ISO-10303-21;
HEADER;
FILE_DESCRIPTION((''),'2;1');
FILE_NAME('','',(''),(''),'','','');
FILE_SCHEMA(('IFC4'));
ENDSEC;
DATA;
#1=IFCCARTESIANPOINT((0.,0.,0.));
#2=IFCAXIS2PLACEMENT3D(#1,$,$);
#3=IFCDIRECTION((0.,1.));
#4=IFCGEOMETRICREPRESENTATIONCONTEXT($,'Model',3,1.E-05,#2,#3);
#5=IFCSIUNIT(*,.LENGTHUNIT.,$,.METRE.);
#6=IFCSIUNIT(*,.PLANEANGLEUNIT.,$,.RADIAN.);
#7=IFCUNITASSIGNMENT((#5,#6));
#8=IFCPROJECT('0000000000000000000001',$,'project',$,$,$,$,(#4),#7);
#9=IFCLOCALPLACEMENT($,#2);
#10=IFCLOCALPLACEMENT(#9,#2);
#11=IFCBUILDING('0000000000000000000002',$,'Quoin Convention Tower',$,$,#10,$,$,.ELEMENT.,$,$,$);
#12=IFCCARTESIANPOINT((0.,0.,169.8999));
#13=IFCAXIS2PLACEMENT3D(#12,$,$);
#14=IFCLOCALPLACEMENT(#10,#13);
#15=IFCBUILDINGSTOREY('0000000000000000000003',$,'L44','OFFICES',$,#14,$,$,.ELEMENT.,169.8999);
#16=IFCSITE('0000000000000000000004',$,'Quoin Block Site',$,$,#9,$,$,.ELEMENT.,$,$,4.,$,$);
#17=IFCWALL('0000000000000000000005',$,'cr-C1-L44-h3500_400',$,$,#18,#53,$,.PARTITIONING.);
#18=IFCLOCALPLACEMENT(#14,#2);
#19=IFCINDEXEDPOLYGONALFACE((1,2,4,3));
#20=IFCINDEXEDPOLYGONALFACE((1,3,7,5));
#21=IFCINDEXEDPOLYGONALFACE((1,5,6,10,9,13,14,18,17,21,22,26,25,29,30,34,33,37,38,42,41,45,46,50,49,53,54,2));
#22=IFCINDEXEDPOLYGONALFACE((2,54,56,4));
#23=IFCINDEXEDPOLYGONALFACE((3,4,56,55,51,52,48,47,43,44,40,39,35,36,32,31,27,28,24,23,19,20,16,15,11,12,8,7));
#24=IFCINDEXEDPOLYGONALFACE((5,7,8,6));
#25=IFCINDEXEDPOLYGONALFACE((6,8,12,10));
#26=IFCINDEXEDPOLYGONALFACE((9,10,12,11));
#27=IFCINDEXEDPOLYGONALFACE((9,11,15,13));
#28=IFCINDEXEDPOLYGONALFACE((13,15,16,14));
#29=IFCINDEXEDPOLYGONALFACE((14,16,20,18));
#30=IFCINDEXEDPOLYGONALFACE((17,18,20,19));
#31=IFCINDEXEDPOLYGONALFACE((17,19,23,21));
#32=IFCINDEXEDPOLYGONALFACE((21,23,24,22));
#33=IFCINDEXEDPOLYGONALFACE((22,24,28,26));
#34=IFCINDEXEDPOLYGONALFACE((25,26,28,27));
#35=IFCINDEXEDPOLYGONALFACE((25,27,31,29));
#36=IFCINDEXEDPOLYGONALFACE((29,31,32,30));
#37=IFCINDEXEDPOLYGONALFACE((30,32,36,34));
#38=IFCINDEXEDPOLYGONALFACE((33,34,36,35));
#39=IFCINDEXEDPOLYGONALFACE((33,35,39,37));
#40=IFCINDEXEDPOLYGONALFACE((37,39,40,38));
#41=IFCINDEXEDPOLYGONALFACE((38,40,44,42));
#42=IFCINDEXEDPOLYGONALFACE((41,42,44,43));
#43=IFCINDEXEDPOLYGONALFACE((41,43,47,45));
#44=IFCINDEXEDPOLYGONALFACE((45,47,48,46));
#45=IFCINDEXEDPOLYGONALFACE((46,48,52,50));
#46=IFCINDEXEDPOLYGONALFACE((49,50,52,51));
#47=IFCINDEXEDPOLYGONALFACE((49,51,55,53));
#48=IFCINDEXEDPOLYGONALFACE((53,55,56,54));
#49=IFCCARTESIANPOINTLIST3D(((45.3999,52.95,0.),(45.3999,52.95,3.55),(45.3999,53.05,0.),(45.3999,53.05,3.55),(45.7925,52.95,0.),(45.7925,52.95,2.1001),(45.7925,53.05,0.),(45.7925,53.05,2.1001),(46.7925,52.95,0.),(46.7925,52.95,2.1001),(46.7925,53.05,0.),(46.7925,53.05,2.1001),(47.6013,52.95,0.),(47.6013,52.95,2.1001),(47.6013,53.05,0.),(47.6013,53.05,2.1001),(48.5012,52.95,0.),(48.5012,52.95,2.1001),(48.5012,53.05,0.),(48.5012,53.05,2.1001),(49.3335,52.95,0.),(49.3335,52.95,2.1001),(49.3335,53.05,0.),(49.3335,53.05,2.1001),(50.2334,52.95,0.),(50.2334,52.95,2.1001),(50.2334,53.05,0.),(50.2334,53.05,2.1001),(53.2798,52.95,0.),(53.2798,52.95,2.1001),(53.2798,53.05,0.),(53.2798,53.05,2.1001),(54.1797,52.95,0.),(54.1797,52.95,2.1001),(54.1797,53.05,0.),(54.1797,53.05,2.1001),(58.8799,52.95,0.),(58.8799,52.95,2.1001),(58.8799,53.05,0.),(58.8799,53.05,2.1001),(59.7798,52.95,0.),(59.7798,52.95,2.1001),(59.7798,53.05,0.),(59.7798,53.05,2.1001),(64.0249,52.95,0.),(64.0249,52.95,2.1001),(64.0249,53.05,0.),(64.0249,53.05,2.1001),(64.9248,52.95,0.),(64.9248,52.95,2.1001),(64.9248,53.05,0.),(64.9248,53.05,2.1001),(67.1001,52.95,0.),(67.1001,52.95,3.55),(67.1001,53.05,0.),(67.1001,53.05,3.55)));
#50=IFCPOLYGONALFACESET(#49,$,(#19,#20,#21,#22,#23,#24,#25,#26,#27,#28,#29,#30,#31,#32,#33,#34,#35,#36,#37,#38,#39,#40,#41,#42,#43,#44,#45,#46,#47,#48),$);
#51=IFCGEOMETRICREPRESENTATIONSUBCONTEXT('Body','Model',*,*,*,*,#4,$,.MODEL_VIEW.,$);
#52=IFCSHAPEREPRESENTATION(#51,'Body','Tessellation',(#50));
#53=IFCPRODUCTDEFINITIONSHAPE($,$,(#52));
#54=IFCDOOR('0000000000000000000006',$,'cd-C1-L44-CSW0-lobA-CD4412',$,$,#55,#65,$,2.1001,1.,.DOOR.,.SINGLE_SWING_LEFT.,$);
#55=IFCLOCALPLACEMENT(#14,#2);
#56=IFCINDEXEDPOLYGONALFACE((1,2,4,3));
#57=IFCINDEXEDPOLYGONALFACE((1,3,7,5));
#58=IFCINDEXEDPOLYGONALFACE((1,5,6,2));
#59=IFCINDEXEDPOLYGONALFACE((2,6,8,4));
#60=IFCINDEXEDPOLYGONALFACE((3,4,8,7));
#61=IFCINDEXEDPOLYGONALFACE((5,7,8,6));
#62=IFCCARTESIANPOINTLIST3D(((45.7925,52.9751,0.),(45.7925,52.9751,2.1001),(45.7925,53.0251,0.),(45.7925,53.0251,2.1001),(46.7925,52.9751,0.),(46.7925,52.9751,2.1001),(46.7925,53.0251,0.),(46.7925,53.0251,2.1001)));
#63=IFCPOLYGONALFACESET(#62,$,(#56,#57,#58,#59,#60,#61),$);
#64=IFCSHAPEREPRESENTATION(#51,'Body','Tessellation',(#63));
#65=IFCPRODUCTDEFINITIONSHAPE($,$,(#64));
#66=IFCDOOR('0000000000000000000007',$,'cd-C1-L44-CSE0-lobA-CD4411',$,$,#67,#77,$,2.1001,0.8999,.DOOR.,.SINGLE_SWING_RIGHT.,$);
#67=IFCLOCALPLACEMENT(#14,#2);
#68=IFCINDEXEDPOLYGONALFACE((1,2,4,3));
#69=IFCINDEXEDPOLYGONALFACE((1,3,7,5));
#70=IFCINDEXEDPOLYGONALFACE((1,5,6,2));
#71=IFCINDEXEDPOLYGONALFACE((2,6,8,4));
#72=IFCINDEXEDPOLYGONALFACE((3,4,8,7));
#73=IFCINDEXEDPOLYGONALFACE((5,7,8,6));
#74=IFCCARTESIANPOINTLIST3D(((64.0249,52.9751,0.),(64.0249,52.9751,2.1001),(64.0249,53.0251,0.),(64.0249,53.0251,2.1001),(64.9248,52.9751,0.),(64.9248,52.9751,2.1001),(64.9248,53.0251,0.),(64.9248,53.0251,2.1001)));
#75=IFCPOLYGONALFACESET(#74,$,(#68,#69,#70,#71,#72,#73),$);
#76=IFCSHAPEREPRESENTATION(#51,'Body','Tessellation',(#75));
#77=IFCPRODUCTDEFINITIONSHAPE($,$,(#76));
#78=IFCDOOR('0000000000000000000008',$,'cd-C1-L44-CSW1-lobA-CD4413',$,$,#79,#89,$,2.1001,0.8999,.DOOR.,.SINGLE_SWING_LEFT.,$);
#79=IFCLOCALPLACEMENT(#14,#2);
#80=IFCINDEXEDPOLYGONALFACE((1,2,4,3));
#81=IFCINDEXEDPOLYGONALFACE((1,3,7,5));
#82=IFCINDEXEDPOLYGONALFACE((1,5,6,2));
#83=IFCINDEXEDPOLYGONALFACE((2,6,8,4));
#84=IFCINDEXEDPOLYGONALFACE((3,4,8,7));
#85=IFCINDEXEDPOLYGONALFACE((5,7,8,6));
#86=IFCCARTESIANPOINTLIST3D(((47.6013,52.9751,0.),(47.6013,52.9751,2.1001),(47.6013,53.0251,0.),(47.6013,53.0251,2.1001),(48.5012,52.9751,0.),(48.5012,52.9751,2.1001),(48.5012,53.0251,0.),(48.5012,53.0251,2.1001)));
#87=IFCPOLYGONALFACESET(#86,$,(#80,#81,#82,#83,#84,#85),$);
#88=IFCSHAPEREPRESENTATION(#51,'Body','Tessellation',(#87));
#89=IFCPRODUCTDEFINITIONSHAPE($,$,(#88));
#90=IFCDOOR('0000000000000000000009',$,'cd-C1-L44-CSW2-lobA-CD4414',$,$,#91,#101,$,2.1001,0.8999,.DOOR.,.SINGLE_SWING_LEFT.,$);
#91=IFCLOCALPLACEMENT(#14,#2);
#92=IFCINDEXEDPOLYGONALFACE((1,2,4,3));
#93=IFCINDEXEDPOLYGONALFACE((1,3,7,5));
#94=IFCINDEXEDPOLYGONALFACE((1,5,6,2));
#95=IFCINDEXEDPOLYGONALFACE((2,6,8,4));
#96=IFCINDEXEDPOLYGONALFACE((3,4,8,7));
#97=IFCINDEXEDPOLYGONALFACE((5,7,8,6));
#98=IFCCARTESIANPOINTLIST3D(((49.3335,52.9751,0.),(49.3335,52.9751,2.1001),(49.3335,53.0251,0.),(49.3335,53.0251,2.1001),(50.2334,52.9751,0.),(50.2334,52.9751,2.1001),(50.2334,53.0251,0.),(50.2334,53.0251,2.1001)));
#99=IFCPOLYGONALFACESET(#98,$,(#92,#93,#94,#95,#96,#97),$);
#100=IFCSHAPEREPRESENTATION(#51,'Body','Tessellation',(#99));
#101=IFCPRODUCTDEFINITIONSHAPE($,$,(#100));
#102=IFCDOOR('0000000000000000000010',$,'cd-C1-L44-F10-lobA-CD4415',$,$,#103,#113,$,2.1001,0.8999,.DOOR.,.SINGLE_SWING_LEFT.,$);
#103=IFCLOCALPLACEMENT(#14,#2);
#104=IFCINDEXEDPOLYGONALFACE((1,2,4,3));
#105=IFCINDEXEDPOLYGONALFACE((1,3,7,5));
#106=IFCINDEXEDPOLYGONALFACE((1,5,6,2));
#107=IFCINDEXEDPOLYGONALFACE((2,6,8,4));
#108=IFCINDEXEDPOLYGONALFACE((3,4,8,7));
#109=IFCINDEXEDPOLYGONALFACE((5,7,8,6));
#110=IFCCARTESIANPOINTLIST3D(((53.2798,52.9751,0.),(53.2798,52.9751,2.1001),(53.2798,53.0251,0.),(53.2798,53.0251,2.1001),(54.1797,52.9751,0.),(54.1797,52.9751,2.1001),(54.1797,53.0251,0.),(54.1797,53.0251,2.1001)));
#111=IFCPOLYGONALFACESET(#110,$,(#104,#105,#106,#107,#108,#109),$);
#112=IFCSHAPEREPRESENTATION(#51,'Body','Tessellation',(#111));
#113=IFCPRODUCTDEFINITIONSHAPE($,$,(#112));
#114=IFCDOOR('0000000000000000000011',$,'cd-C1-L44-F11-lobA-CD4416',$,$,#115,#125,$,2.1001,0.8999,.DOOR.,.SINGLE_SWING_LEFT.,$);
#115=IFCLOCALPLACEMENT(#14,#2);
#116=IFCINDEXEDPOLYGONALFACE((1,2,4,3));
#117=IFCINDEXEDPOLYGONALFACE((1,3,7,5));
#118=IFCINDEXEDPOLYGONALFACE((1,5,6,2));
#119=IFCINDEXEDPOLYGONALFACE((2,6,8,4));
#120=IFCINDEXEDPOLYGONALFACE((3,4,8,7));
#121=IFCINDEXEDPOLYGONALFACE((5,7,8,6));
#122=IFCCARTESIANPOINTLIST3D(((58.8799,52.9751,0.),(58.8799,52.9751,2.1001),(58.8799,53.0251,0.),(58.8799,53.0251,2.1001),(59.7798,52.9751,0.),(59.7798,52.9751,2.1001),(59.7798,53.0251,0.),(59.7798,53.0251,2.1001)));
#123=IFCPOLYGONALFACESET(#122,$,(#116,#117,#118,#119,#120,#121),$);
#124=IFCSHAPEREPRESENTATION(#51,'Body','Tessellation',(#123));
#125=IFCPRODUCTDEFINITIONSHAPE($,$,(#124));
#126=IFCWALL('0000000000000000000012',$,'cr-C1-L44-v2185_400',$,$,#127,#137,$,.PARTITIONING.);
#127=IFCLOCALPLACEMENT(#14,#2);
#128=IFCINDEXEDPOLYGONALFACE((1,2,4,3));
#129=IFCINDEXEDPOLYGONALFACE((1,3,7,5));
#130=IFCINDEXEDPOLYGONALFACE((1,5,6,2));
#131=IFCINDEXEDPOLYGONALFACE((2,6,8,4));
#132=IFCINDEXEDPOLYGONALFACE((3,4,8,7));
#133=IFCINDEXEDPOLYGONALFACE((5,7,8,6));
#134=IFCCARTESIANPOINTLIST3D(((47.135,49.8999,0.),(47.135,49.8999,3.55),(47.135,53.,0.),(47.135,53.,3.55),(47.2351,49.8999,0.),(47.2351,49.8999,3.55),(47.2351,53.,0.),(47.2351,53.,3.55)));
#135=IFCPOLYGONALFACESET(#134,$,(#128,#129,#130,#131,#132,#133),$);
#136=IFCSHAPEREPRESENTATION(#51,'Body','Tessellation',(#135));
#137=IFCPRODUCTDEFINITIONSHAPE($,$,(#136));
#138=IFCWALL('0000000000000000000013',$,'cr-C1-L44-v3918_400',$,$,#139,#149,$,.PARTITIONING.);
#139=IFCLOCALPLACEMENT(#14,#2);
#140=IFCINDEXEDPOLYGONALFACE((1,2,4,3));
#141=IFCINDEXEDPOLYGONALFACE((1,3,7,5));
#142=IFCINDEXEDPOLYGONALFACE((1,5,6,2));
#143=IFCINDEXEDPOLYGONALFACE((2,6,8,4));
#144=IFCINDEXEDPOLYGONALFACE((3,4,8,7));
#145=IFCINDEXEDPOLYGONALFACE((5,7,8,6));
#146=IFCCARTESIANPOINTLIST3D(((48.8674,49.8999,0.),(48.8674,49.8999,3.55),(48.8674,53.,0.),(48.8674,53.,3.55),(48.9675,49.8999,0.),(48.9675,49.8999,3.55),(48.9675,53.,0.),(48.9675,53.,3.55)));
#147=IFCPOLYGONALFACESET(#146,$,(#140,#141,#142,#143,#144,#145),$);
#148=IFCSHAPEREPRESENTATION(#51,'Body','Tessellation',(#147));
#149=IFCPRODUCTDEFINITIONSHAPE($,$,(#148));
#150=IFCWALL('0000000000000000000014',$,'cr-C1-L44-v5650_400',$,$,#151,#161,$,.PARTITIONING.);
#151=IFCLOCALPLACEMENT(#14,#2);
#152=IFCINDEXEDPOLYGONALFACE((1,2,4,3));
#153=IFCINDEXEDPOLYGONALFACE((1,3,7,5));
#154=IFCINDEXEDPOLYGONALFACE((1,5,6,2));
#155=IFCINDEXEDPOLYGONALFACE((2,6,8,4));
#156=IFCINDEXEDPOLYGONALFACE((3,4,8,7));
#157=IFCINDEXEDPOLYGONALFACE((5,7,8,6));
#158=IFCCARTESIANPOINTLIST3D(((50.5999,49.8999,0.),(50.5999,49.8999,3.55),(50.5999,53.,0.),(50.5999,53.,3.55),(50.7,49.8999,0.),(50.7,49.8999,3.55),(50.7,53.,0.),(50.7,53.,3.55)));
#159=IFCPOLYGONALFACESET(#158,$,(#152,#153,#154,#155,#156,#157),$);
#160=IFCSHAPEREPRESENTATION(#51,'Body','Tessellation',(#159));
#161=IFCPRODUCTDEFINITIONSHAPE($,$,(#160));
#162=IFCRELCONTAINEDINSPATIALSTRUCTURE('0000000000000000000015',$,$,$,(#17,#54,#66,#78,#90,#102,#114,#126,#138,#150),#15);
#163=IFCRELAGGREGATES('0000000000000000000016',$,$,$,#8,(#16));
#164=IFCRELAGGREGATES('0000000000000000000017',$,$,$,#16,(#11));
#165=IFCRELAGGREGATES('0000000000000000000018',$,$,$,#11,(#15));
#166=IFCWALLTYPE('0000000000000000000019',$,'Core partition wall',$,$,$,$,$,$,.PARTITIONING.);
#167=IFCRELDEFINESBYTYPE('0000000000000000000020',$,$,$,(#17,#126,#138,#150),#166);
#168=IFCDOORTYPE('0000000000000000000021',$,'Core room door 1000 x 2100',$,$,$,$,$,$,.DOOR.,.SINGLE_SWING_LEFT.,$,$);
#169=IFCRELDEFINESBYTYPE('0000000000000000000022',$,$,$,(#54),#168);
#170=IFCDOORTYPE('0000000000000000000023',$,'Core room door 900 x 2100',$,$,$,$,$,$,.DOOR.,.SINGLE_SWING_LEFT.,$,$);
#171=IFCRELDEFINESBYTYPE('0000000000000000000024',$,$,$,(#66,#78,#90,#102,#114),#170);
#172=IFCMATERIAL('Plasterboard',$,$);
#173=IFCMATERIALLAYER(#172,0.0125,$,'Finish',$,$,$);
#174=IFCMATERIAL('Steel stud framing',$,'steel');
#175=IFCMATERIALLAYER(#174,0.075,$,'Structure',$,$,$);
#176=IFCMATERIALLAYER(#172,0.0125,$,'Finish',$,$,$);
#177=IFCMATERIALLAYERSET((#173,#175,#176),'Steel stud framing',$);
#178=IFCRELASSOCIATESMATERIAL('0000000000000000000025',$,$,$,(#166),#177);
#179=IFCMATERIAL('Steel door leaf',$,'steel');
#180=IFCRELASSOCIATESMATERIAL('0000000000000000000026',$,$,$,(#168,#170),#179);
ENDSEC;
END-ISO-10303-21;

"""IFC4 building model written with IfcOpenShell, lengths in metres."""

from ifc_helpers import new_model, si_unit, direction, frame, frame_2d, origin, place, context, subcontext, project, spatial, rectangle, extrude, material, layer, layer_set, type_object, element, fill, save


model = new_model("IFC4")

# Units and contexts
model_context = context("Model", 3, precision=1e-05, world=origin(), true_north=direction((0.0, 1.0)))
body_context = subcontext(model_context, "Body", "Model", "MODEL_VIEW")
ifc_project = project(units=[si_unit("LENGTHUNIT", "METRE"), si_unit("PLANEANGLEUNIT", "RADIAN")], contexts=[model_context])

# Site, building, storey
site_placement = place(None, origin())
site = spatial("IfcSite", under=ifc_project, at=site_placement, Name="Quoin Block Site", CompositionType="ELEMENT", RefElevation=4.0)
building_placement = place(site_placement, origin())
building = spatial("IfcBuilding", under=site, at=building_placement, Name="Quoin Convention Tower", CompositionType="ELEMENT")
storey_placement = place(building_placement, frame((0.0, 0.0, 169.8999)))
storey = spatial("IfcBuildingStorey", under=building, at=storey_placement, Name="L44", Description="OFFICES", CompositionType="ELEMENT", Elevation=169.8999)

# Shared definitions
ifc_material_1 = material(Name="Plasterboard")
ifc_material_2 = material(Name="Steel stud framing", Category="steel")

# Shared definitions
ifc_material_3 = material(Name="Steel door leaf", Category="steel")

# Wall, openings, doors
ifc_layer_1 = layer(ifc_material_1, 0.0125, Name="Finish")
ifc_layer_2 = layer(ifc_material_2, 0.075, Name="Structure")
ifc_layer_3 = layer(ifc_material_1, 0.0125, Name="Finish")
ifc_layer_set_1 = layer_set([ifc_layer_1, ifc_layer_2, ifc_layer_3], Name="Steel stud framing")
wall_type_1 = type_object("IfcWallType", Name="Core partition wall", PredefinedType="PARTITIONING", material=ifc_layer_set_1)
wall_1_placement = place(storey_placement, frame((45.3999, 53.0, 0.0), z_axis=(0.0, 0.0, 1.0), x_axis=(1.0, 0.0, 0.0)))
wall_1 = element("IfcWall", 1, at=wall_1_placement, inside=storey, type_object=wall_type_1, Name="cr-C1-L44-h3500_400", PredefinedType="PARTITIONING", context=body_context, shape_type="SweptSolid", body=[
    extrude(rectangle(XDim=21.7002, YDim=0.1001, at=frame_2d((10.8501, 0.0))), origin(), (0.0, 0.0, 1.0), 3.55),
])
opening_1_placement = place(wall_1_placement, frame((18.625, 0.0, 0.0)))
opening_1 = element("IfcOpeningElement", 2, at=opening_1_placement, cuts=wall_1, PredefinedType="OPENING", context=body_context, shape_type="SweptSolid", body=[
    extrude(rectangle(XDim=0.8999, YDim=2.1001, at=frame_2d((0.45, 1.05))), frame((0.0, 0.0601, 0.0), z_axis=(0.0, -1.0, 0.0), x_axis=(1.0, 0.0, 0.0)), (0.0, 0.0, 1.0), 0.1201),
])
opening_2_placement = place(wall_1_placement, frame((0.3926, 0.0, 0.0)))
opening_2 = element("IfcOpeningElement", 3, at=opening_2_placement, cuts=wall_1, PredefinedType="OPENING", context=body_context, shape_type="SweptSolid", body=[
    extrude(rectangle(XDim=1.0, YDim=2.1001, at=frame_2d((0.5, 1.05))), frame((0.0, 0.0601, 0.0), z_axis=(0.0, -1.0, 0.0), x_axis=(1.0, 0.0, 0.0)), (0.0, 0.0, 1.0), 0.1201),
])
opening_3_placement = place(wall_1_placement, frame((2.2014, 0.0, 0.0)))
opening_3 = element("IfcOpeningElement", 4, at=opening_3_placement, cuts=wall_1, PredefinedType="OPENING", context=body_context, shape_type="SweptSolid", body=[
    extrude(rectangle(XDim=0.8999, YDim=2.1001, at=frame_2d((0.45, 1.05))), frame((0.0, 0.0601, 0.0), z_axis=(0.0, -1.0, 0.0), x_axis=(1.0, 0.0, 0.0)), (0.0, 0.0, 1.0), 0.1201),
])
opening_4_placement = place(wall_1_placement, frame((3.9336, 0.0, 0.0)))
opening_4 = element("IfcOpeningElement", 5, at=opening_4_placement, cuts=wall_1, PredefinedType="OPENING", context=body_context, shape_type="SweptSolid", body=[
    extrude(rectangle(XDim=0.8999, YDim=2.1001, at=frame_2d((0.45, 1.05))), frame((0.0, 0.0601, 0.0), z_axis=(0.0, -1.0, 0.0), x_axis=(1.0, 0.0, 0.0)), (0.0, 0.0, 1.0), 0.1201),
])
opening_5_placement = place(wall_1_placement, frame((7.8799, 0.0, 0.0)))
opening_5 = element("IfcOpeningElement", 6, at=opening_5_placement, cuts=wall_1, PredefinedType="OPENING", context=body_context, shape_type="SweptSolid", body=[
    extrude(rectangle(XDim=0.8999, YDim=2.1001, at=frame_2d((0.45, 1.05))), frame((0.0, 0.0601, 0.0), z_axis=(0.0, -1.0, 0.0), x_axis=(1.0, 0.0, 0.0)), (0.0, 0.0, 1.0), 0.1201),
])
opening_6_placement = place(wall_1_placement, frame((13.48, 0.0, 0.0)))
opening_6 = element("IfcOpeningElement", 7, at=opening_6_placement, cuts=wall_1, PredefinedType="OPENING", context=body_context, shape_type="SweptSolid", body=[
    extrude(rectangle(XDim=0.8999, YDim=2.1001, at=frame_2d((0.45, 1.05))), frame((0.0, 0.0601, 0.0), z_axis=(0.0, -1.0, 0.0), x_axis=(1.0, 0.0, 0.0)), (0.0, 0.0, 1.0), 0.1201),
])
door_type_1 = type_object("IfcDoorType", Name="Core room door 1000 x 2100", OperationType="SINGLE_SWING_LEFT", PredefinedType="DOOR", material=ifc_material_3)
door_1_placement = place(opening_2_placement, frame((1.0, 0.0, 0.0), z_axis=(0.0, 0.0, 1.0), x_axis=(-1.0, 0.0, 0.0)))
door_1 = element("IfcDoor", 8, at=door_1_placement, inside=storey, type_object=door_type_1, Name="cd-C1-L44-CSW0-lobA-CD4412", OperationType="SINGLE_SWING_LEFT", OverallHeight=2.1001, OverallWidth=1.0, PredefinedType="DOOR", context=body_context, shape_type="SweptSolid", body=[
    extrude(rectangle(XDim=1.0, YDim=2.1001, at=frame_2d((0.5, 1.05))), frame((0.0, 0.0249, 0.0), z_axis=(0.0, -1.0, 0.0), x_axis=(1.0, 0.0, 0.0)), (0.0, 0.0, 1.0), 0.05),
])
fill(opening_2, door_1)
door_type_2 = type_object("IfcDoorType", Name="Core room door 900 x 2100", OperationType="SINGLE_SWING_LEFT", PredefinedType="DOOR", material=ifc_material_3)
door_2_placement = place(opening_1_placement, frame((0.8999, 0.0, 0.0), z_axis=(0.0, 0.0, 1.0), x_axis=(-1.0, 0.0, 0.0)))
door_2 = element("IfcDoor", 9, at=door_2_placement, inside=storey, type_object=door_type_2, Name="cd-C1-L44-CSE0-lobA-CD4411", OperationType="SINGLE_SWING_RIGHT", OverallHeight=2.1001, OverallWidth=0.8999, PredefinedType="DOOR", context=body_context, shape_type="SweptSolid", body=[
    extrude(rectangle(XDim=0.8999, YDim=2.1001, at=frame_2d((0.45, 1.05))), frame((0.0, 0.0249, 0.0), z_axis=(0.0, -1.0, 0.0), x_axis=(1.0, 0.0, 0.0)), (0.0, 0.0, 1.0), 0.05),
])
fill(opening_1, door_2)
door_3_placement = place(opening_3_placement, frame((0.8999, 0.0, 0.0), z_axis=(0.0, 0.0, 1.0), x_axis=(-1.0, 0.0, 0.0)))
door_3 = element("IfcDoor", 10, at=door_3_placement, inside=storey, type_object=door_type_2, Name="cd-C1-L44-CSW1-lobA-CD4413", OperationType="SINGLE_SWING_LEFT", OverallHeight=2.1001, OverallWidth=0.8999, PredefinedType="DOOR", context=body_context, shape_type="SweptSolid", body=[
    extrude(rectangle(XDim=0.8999, YDim=2.1001, at=frame_2d((0.45, 1.05))), frame((0.0, 0.0249, 0.0), z_axis=(0.0, -1.0, 0.0), x_axis=(1.0, 0.0, 0.0)), (0.0, 0.0, 1.0), 0.05),
])
fill(opening_3, door_3)
door_4_placement = place(opening_4_placement, frame((0.8999, 0.0, 0.0), z_axis=(0.0, 0.0, 1.0), x_axis=(-1.0, 0.0, 0.0)))
door_4 = element("IfcDoor", 11, at=door_4_placement, inside=storey, type_object=door_type_2, Name="cd-C1-L44-CSW2-lobA-CD4414", OperationType="SINGLE_SWING_LEFT", OverallHeight=2.1001, OverallWidth=0.8999, PredefinedType="DOOR", context=body_context, shape_type="SweptSolid", body=[
    extrude(rectangle(XDim=0.8999, YDim=2.1001, at=frame_2d((0.45, 1.05))), frame((0.0, 0.0249, 0.0), z_axis=(0.0, -1.0, 0.0), x_axis=(1.0, 0.0, 0.0)), (0.0, 0.0, 1.0), 0.05),
])
fill(opening_4, door_4)
door_5_placement = place(opening_5_placement, frame((0.8999, 0.0, 0.0), z_axis=(0.0, 0.0, 1.0), x_axis=(-1.0, 0.0, 0.0)))
door_5 = element("IfcDoor", 12, at=door_5_placement, inside=storey, type_object=door_type_2, Name="cd-C1-L44-F10-lobA-CD4415", OperationType="SINGLE_SWING_LEFT", OverallHeight=2.1001, OverallWidth=0.8999, PredefinedType="DOOR", context=body_context, shape_type="SweptSolid", body=[
    extrude(rectangle(XDim=0.8999, YDim=2.1001, at=frame_2d((0.45, 1.05))), frame((0.0, 0.0249, 0.0), z_axis=(0.0, -1.0, 0.0), x_axis=(1.0, 0.0, 0.0)), (0.0, 0.0, 1.0), 0.05),
])
fill(opening_5, door_5)
door_6_placement = place(opening_6_placement, frame((0.8999, 0.0, 0.0), z_axis=(0.0, 0.0, 1.0), x_axis=(-1.0, 0.0, 0.0)))
door_6 = element("IfcDoor", 13, at=door_6_placement, inside=storey, type_object=door_type_2, Name="cd-C1-L44-F11-lobA-CD4416", OperationType="SINGLE_SWING_LEFT", OverallHeight=2.1001, OverallWidth=0.8999, PredefinedType="DOOR", context=body_context, shape_type="SweptSolid", body=[
    extrude(rectangle(XDim=0.8999, YDim=2.1001, at=frame_2d((0.45, 1.05))), frame((0.0, 0.0249, 0.0), z_axis=(0.0, -1.0, 0.0), x_axis=(1.0, 0.0, 0.0)), (0.0, 0.0, 1.0), 0.05),
])
fill(opening_6, door_6)

# Walls
for number, where, z_axis, x_axis, name in (
    (14, (47.1851, 49.8999, 0.0), (0.0, 0.0, 1.0), (0.0, 1.0, 0.0), "cr-C1-L44-v2185_400"),
    (15, (48.9175, 49.8999, 0.0), (0.0, 0.0, 1.0), (0.0, 1.0, 0.0), "cr-C1-L44-v3918_400"),
    (16, (50.6499, 49.8999, 0.0), (0.0, 0.0, 1.0), (0.0, 1.0, 0.0), "cr-C1-L44-v5650_400"),
):
    element("IfcWall", number, at=place(storey_placement, frame(where, z_axis=z_axis, x_axis=x_axis)), inside=storey, type_object=wall_type_1, Name=name, PredefinedType="PARTITIONING", context=body_context, shape_type="SweptSolid", body=[
        extrude(rectangle(XDim=3.1001, YDim=0.1001, at=frame_2d((1.55, 0.0))), origin(), (0.0, 0.0, 1.0), 3.55),
    ])

save(model, "model.ifc")
